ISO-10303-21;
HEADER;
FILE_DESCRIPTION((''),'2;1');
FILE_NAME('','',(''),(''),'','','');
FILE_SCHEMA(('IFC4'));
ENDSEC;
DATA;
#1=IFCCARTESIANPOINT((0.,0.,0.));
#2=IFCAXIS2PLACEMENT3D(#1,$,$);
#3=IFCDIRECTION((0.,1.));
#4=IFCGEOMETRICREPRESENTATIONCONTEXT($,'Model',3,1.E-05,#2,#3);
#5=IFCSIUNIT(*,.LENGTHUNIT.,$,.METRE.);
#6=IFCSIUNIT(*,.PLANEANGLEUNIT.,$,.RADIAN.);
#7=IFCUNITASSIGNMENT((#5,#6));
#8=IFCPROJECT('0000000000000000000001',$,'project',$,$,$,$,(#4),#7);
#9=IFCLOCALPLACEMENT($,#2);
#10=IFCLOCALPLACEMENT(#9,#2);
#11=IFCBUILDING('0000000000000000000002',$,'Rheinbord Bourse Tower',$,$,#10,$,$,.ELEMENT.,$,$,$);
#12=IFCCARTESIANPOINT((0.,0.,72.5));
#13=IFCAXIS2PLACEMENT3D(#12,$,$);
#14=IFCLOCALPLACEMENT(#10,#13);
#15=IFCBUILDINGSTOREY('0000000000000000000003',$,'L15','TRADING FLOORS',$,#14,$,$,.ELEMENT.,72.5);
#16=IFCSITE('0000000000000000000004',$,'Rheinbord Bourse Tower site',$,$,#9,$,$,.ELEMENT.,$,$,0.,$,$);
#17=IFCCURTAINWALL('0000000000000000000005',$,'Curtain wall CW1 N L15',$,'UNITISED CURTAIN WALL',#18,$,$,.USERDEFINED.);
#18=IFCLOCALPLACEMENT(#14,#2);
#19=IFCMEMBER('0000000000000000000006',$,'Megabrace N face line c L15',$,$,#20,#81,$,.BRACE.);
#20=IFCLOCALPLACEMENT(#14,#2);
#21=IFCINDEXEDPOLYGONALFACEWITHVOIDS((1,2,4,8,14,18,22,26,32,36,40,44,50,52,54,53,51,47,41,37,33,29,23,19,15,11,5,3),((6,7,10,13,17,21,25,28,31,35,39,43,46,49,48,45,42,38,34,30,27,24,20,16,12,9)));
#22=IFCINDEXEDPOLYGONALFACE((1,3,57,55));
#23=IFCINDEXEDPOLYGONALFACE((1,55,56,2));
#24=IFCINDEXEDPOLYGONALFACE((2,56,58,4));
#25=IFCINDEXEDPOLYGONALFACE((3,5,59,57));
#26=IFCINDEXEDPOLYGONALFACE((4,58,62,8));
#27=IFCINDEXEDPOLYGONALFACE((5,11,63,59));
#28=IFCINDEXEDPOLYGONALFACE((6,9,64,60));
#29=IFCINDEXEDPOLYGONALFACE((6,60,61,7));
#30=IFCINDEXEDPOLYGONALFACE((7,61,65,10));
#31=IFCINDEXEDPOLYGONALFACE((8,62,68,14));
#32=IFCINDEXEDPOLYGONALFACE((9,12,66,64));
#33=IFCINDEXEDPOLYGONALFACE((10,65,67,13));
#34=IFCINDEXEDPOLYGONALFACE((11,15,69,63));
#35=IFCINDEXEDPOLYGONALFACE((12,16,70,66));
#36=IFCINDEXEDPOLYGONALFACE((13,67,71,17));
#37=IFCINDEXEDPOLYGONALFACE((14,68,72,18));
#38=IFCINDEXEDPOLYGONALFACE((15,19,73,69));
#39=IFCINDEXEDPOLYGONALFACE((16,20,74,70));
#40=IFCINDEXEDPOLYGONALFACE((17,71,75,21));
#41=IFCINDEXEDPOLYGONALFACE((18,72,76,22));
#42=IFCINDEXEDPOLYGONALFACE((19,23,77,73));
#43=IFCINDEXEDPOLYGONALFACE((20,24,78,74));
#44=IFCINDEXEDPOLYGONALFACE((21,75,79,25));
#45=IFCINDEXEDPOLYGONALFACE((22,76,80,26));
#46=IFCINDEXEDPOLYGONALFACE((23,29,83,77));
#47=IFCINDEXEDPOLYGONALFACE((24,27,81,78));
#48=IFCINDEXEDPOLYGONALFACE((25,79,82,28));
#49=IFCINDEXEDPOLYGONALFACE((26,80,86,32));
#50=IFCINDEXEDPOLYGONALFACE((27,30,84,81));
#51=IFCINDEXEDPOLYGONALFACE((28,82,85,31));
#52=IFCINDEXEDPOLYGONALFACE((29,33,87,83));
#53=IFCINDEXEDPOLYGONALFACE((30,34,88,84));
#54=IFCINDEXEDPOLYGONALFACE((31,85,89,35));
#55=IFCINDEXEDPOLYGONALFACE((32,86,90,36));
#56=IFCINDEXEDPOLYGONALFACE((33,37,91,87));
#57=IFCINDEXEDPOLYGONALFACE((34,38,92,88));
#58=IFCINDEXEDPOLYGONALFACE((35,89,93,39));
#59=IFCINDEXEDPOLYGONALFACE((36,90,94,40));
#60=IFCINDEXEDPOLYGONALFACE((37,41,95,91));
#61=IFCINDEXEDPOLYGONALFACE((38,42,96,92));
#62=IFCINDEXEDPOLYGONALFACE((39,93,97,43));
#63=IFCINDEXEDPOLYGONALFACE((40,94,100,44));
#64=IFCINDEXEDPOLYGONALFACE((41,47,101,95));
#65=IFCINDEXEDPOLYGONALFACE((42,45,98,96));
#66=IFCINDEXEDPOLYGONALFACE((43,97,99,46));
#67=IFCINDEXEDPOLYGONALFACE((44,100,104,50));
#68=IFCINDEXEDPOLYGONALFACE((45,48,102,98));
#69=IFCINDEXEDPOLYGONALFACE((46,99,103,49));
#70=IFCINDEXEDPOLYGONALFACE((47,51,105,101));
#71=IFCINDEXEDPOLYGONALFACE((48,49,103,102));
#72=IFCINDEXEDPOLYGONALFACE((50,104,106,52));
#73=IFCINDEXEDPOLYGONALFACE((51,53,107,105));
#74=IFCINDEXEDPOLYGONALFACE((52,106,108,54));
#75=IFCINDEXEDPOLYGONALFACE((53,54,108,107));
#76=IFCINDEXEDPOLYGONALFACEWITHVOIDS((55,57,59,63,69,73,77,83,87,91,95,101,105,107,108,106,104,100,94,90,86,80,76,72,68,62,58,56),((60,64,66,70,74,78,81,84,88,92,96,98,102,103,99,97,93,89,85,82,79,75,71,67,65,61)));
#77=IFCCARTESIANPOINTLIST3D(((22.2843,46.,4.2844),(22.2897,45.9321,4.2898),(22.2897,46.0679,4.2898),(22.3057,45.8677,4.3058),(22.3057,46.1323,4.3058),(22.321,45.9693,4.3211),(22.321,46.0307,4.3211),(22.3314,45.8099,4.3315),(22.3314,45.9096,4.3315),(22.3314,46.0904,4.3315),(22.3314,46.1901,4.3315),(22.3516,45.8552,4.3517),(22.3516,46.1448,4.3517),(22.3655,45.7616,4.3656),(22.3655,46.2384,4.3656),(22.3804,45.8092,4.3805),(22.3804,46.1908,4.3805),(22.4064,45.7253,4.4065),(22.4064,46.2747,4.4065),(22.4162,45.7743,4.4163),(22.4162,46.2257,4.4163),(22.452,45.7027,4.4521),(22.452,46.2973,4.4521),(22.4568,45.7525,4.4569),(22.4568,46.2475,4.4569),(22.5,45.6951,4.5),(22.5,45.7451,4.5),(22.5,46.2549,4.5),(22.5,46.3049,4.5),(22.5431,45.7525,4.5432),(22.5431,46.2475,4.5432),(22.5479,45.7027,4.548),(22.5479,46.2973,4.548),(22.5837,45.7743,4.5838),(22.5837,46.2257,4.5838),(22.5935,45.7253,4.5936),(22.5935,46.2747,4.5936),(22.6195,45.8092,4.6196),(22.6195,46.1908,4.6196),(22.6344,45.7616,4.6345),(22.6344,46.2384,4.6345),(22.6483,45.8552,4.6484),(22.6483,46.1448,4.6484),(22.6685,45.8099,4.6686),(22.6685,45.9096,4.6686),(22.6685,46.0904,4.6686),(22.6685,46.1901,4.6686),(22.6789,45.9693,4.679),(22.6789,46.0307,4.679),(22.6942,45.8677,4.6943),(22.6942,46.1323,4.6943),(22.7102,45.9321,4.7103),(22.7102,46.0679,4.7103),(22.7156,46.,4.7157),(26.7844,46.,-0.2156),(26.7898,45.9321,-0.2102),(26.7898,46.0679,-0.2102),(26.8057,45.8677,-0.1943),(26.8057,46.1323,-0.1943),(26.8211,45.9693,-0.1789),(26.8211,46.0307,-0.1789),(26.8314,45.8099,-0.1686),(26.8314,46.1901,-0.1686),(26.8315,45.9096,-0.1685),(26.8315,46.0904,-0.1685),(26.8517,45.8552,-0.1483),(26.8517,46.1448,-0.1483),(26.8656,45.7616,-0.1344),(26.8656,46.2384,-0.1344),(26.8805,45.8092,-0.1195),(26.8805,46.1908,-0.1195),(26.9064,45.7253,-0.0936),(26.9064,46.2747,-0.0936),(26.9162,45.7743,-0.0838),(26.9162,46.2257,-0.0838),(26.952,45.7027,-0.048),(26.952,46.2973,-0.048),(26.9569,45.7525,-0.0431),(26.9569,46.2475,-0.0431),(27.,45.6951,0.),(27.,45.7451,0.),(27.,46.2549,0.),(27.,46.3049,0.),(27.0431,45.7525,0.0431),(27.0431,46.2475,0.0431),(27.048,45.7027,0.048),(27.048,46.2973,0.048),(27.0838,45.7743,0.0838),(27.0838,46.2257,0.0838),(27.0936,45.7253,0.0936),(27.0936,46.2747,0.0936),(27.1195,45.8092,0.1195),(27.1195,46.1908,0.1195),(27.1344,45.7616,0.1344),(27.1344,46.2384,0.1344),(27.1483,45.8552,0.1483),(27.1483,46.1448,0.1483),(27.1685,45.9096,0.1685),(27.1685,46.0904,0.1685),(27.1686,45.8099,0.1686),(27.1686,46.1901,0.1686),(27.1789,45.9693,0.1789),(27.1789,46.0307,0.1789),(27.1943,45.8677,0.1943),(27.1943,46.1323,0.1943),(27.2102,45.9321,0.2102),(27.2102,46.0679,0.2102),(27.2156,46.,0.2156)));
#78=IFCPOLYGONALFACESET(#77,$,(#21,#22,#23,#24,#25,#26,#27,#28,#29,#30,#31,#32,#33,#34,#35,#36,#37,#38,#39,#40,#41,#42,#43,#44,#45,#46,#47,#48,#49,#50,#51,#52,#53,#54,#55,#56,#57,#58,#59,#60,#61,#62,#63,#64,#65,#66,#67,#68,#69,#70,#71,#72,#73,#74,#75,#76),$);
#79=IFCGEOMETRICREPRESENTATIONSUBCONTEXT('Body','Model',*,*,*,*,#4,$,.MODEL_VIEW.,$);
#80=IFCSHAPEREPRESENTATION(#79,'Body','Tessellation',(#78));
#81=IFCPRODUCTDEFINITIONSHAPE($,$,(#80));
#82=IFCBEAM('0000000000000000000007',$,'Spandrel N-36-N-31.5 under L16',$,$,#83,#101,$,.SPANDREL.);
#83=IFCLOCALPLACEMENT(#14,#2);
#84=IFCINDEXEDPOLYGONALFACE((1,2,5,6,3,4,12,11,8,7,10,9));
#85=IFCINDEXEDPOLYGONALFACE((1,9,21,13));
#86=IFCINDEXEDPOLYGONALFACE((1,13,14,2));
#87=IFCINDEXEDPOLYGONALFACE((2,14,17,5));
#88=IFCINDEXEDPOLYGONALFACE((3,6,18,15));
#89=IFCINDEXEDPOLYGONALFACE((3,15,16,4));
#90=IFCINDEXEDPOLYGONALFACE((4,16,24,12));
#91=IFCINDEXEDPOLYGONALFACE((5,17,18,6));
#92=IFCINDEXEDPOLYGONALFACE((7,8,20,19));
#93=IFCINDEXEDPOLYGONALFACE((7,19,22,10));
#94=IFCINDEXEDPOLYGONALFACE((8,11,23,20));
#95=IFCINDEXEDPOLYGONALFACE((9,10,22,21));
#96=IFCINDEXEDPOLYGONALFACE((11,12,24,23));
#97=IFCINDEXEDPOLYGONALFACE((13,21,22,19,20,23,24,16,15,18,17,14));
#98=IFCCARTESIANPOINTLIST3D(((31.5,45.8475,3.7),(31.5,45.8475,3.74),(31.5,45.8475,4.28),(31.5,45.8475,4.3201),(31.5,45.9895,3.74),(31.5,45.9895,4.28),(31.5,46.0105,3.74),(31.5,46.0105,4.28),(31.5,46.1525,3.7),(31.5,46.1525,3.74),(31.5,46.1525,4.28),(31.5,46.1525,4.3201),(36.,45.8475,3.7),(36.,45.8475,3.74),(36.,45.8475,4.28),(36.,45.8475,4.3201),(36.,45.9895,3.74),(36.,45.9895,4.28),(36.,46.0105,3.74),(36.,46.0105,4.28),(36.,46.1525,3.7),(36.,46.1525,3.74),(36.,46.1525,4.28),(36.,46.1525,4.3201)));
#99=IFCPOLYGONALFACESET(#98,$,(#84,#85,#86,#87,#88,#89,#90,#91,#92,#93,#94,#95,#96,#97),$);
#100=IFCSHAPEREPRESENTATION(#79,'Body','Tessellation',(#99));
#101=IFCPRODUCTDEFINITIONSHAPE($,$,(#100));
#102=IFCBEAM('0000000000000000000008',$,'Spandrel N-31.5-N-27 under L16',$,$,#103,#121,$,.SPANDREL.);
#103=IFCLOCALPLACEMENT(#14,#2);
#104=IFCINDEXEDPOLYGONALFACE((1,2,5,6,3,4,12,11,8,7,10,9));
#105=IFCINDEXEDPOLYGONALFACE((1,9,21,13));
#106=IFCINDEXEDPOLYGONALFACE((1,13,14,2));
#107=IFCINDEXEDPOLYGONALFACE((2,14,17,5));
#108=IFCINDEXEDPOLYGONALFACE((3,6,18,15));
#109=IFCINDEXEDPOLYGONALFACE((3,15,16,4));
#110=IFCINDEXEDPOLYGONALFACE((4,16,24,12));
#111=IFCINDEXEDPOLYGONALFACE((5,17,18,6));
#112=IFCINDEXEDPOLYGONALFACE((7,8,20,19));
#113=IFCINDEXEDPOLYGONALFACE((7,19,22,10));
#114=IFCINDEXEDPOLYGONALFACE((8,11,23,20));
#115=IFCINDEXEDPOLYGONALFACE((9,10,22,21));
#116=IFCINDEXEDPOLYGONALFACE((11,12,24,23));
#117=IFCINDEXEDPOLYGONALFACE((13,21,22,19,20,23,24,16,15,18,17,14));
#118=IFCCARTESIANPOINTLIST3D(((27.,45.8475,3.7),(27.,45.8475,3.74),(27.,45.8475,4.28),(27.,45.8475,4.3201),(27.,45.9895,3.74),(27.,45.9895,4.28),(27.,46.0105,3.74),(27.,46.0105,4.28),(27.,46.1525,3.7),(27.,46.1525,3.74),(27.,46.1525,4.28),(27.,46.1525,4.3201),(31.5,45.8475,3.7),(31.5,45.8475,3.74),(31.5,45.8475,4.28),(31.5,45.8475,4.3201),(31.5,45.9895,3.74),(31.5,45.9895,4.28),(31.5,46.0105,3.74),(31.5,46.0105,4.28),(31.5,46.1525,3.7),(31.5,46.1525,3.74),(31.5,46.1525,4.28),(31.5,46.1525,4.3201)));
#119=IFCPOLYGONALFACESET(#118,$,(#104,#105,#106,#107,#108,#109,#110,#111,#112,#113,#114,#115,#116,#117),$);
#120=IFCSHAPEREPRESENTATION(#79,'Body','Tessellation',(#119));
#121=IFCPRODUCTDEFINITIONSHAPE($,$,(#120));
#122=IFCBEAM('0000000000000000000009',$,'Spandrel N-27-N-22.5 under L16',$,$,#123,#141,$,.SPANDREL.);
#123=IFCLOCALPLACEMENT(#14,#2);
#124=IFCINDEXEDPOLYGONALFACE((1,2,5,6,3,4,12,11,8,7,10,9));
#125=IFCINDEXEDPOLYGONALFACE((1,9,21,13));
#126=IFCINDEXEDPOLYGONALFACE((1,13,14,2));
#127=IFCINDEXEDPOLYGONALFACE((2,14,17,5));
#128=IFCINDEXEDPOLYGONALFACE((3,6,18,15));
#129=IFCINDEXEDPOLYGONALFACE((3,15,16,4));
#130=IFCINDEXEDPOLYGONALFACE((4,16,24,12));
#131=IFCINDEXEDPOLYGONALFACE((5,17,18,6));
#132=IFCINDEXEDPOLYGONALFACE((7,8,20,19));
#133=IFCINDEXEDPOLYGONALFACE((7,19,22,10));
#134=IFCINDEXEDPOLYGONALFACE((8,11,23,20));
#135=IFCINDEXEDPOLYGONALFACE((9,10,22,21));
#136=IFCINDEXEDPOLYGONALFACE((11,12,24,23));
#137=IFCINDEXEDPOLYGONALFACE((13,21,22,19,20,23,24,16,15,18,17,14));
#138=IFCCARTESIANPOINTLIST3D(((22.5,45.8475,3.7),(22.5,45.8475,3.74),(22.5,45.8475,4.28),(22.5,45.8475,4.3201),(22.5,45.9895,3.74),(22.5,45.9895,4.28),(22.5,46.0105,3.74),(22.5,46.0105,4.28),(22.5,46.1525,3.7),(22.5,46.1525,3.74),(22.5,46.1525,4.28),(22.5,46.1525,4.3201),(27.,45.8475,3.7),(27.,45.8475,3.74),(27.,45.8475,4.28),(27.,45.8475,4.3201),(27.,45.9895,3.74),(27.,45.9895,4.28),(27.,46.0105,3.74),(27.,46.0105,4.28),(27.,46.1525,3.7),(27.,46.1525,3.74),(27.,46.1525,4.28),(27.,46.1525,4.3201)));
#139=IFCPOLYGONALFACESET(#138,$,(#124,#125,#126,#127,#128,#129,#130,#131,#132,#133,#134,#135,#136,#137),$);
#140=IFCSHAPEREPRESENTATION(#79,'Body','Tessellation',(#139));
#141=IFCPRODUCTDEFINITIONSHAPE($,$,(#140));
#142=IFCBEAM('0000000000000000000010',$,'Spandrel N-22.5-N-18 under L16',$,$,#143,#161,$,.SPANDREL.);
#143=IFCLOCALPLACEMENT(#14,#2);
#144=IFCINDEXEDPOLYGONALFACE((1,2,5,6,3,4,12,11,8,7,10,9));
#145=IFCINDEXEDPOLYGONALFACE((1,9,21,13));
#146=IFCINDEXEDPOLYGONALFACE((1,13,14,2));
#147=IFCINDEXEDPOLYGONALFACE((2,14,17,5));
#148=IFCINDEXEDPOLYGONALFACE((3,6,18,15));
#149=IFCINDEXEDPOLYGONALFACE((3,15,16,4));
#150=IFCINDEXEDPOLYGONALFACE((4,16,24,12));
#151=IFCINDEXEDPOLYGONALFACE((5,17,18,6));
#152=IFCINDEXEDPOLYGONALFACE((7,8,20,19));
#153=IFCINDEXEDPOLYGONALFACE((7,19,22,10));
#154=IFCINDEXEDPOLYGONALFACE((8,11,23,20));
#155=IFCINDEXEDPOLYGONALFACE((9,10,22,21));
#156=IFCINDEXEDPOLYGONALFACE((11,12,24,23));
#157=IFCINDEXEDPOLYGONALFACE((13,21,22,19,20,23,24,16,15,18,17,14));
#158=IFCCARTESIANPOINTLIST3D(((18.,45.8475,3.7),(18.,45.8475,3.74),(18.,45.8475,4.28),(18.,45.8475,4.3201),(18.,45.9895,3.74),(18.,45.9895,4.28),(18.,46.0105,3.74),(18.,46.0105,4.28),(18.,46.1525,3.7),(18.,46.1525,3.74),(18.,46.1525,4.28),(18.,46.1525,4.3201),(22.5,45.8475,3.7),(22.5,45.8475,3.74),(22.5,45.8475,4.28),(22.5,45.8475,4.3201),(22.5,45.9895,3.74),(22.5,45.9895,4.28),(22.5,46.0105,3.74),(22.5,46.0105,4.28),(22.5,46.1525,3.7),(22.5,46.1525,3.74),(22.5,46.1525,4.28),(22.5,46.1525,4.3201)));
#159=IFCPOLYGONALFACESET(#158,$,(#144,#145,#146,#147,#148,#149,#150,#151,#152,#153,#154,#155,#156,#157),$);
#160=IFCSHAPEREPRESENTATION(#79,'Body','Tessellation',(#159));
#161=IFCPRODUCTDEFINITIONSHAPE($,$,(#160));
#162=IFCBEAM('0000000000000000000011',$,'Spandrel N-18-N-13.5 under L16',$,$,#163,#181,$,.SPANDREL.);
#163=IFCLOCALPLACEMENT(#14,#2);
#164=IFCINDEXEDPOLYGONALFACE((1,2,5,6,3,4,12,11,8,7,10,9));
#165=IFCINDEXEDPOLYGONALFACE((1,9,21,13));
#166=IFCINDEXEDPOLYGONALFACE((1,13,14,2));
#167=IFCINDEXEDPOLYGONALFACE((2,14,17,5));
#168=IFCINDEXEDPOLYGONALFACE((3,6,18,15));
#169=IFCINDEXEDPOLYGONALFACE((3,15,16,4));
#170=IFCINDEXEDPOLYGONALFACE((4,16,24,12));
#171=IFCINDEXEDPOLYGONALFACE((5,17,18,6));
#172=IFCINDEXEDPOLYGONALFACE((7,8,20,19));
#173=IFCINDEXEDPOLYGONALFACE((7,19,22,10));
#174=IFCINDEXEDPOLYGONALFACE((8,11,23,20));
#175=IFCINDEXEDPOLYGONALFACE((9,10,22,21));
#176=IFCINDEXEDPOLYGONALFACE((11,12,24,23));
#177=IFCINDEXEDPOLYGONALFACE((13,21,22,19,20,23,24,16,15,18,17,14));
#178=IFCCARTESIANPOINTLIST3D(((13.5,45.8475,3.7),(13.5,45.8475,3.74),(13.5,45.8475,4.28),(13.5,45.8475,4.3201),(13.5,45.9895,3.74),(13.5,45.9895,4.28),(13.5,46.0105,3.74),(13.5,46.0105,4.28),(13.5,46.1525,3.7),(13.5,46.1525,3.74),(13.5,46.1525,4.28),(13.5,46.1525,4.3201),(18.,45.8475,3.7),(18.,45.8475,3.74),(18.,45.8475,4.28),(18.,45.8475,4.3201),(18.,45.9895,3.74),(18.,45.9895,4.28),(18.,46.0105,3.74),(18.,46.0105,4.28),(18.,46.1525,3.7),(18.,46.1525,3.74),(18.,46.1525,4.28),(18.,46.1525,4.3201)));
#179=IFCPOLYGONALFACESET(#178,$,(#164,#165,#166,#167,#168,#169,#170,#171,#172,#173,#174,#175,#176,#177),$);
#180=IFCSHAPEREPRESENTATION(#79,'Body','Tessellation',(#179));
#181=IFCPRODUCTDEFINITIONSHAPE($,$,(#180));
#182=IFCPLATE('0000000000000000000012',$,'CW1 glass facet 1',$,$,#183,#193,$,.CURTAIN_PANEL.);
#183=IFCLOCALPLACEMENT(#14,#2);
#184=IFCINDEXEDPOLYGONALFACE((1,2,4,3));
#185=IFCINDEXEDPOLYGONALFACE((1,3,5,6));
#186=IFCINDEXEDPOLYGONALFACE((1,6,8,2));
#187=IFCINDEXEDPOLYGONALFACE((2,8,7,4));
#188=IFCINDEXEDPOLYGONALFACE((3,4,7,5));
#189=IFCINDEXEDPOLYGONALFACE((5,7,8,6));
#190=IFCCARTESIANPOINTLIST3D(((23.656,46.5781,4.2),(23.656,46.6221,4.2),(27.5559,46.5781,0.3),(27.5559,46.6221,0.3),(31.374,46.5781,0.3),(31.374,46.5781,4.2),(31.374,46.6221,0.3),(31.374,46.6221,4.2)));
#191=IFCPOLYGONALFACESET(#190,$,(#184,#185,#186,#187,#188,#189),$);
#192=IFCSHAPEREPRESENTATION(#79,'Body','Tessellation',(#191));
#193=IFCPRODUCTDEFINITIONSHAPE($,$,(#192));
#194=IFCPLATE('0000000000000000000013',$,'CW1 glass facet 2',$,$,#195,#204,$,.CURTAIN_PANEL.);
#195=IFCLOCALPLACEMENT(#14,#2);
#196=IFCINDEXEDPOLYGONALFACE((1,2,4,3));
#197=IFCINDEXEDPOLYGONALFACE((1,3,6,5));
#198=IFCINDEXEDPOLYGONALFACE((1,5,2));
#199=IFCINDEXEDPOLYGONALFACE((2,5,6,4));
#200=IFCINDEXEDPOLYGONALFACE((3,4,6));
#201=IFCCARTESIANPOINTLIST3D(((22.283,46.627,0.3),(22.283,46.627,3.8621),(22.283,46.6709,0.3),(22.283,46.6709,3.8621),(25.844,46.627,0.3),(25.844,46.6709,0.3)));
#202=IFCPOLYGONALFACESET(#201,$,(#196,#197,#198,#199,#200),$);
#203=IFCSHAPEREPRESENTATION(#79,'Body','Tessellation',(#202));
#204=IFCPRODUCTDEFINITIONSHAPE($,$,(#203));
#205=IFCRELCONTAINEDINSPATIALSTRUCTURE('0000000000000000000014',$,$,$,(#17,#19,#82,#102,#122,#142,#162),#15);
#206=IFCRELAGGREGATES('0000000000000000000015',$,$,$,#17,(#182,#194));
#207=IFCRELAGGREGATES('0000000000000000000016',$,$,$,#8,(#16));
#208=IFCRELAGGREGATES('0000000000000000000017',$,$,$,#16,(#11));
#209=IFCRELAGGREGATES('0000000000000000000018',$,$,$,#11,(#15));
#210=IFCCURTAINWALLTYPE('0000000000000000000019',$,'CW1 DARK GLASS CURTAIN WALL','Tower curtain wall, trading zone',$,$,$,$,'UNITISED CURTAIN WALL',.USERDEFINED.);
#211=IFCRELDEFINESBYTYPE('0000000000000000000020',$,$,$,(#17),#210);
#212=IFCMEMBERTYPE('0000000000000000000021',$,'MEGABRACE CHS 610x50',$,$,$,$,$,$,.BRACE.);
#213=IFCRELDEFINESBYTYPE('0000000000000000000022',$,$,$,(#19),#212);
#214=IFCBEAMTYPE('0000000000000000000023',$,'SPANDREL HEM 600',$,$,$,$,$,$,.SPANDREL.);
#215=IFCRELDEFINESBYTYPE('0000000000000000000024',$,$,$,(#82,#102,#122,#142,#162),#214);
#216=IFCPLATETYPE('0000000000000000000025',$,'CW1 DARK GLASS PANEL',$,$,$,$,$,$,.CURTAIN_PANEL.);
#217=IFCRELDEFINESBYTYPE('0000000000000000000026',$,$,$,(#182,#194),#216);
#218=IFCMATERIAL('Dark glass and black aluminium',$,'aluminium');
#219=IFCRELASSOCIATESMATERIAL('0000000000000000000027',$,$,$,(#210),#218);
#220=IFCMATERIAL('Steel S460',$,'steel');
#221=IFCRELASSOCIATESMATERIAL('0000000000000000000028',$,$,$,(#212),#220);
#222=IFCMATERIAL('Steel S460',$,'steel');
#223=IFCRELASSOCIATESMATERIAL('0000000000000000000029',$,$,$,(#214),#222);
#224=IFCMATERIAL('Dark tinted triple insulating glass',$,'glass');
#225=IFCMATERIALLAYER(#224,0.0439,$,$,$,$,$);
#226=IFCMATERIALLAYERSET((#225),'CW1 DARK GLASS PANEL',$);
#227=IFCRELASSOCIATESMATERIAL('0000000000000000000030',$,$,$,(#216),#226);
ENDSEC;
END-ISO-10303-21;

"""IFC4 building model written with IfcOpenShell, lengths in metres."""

from ifc_helpers import new_model, si_unit, direction, frame, origin, origin_2d, place, context, subcontext, project, spatial, polyline, hollow_circle, i_section, outline, extrude, material, layer, layer_set, material_profile, profile_set, type_object, element, aggregate, save


model = new_model("IFC4")

# Units and contexts
model_context = context("Model", 3, precision=1e-05, world=origin(), true_north=direction((0.0, 1.0)))
body_context = subcontext(model_context, "Body", "Model", "MODEL_VIEW")
ifc_project = project(units=[si_unit("LENGTHUNIT", "METRE"), si_unit("PLANEANGLEUNIT", "RADIAN")], contexts=[model_context])

# Site, building, storey
site_placement = place(None, origin())
site = spatial("IfcSite", under=ifc_project, at=site_placement, Name="Rheinbord Bourse Tower site", CompositionType="ELEMENT", RefElevation=0.0)
building_placement = place(site_placement, origin())
building = spatial("IfcBuilding", under=site, at=building_placement, Name="Rheinbord Bourse Tower", CompositionType="ELEMENT")
storey_placement = place(building_placement, frame((0.0, 0.0, 72.5)))
storey = spatial("IfcBuildingStorey", under=building, at=storey_placement, Name="L15", Description="TRADING FLOORS", CompositionType="ELEMENT", Elevation=72.5)

# Curtain wall
ifc_material_1 = material(Name="Dark glass and black aluminium", Category="aluminium")
curtain_wall_type = type_object("IfcCurtainWallType", Name="CW1 DARK GLASS CURTAIN WALL", Description="Tower curtain wall, trading zone", ElementType="UNITISED CURTAIN WALL", PredefinedType="USERDEFINED", material=ifc_material_1)
curtain_wall_placement = place(storey_placement, origin())
curtain_wall = element("IfcCurtainWall", 1, at=curtain_wall_placement, inside=storey, type_object=curtain_wall_type, Name="Curtain wall CW1 N L15", ObjectType="UNITISED CURTAIN WALL", PredefinedType="USERDEFINED")

# Member
ifc_material_2 = material(Name="Steel S460", Category="steel")
ifc_material_profile_1 = material_profile(ifc_material_2, hollow_circle(Radius=0.3049, WallThickness=0.05, at=origin_2d()), Name="CHS 610x50")
ifc_profile_set_1 = profile_set([ifc_material_profile_1], Name="Steel S460")
member_type_1 = type_object("IfcMemberType", Name="MEGABRACE CHS 610x50", PredefinedType="BRACE", material=ifc_profile_set_1)
member_1_placement = place(storey_placement, frame((27.0, 46.0, 0.0), z_axis=(-0.707107, 0.0, 0.707107), x_axis=(0.0, -1.0, 0.0)))
element("IfcMember", 2, at=member_1_placement, inside=storey, type_object=member_type_1, Name="Megabrace N face line c L15", PredefinedType="BRACE", context=body_context, shape_type="SweptSolid", body=[
    extrude(hollow_circle(Radius=0.3049, WallThickness=0.05, at=origin_2d()), origin(), (0.0, 0.0, 1.0), 6.364),
])

# Beams
ifc_material_3 = material(Name="Steel S460", Category="steel")
ifc_material_profile_2 = material_profile(ifc_material_3, i_section(OverallWidth=0.3049, OverallDepth=0.6201, WebThickness=0.021, FlangeThickness=0.04, at=origin_2d()), Name="HEM 600")
ifc_profile_set_2 = profile_set([ifc_material_profile_2], Name="Steel S460")
beam_type_1 = type_object("IfcBeamType", Name="SPANDREL HEM 600", PredefinedType="SPANDREL", material=ifc_profile_set_2)
for number, where, z_axis, x_axis, name in (
    (3, (36.0, 46.0, 4.01), (-1.0, 0.0, 0.0), (0.0, -1.0, 0.0), "Spandrel N-36-N-31.5 under L16"),
    (4, (31.5, 46.0, 4.01), (-1.0, 0.0, 0.0), (0.0, -1.0, 0.0), "Spandrel N-31.5-N-27 under L16"),
    (5, (27.0, 46.0, 4.01), (-1.0, 0.0, 0.0), (0.0, -1.0, 0.0), "Spandrel N-27-N-22.5 under L16"),
    (6, (22.5, 46.0, 4.01), (-1.0, 0.0, 0.0), (0.0, -1.0, 0.0), "Spandrel N-22.5-N-18 under L16"),
    (7, (18.0, 46.0, 4.01), (-1.0, 0.0, 0.0), (0.0, -1.0, 0.0), "Spandrel N-18-N-13.5 under L16"),
):
    element("IfcBeam", number, at=place(storey_placement, frame(where, z_axis=z_axis, x_axis=x_axis)), inside=storey, type_object=beam_type_1, Name=name, PredefinedType="SPANDREL", context=body_context, shape_type="SweptSolid", body=[
        extrude(i_section(OverallWidth=0.3049, OverallDepth=0.6201, WebThickness=0.021, FlangeThickness=0.04, at=origin_2d()), origin(), (0.0, 0.0, 1.0), 4.5),
    ])

# Plates
ifc_material_4 = material(Name="Dark tinted triple insulating glass", Category="glass")
ifc_layer = layer(ifc_material_4, 0.0439)
ifc_layer_set = layer_set([ifc_layer], Name="CW1 DARK GLASS PANEL")
plate_type = type_object("IfcPlateType", Name="CW1 DARK GLASS PANEL", PredefinedType="CURTAIN_PANEL", material=ifc_layer_set)
plate_1_placement = place(storey_placement, frame((31.374, 46.6221, 0.3), z_axis=(0.0, -1.0, 0.0), x_axis=(0.0, 0.0, 1.0)))
plate_1 = element("IfcPlate", 8, at=plate_1_placement, type_object=plate_type, Name="CW1 glass facet 1", PredefinedType="CURTAIN_PANEL", context=body_context, shape_type="SweptSolid", body=[
    extrude(outline(polyline([(0.0, 0.0), (3.8999, 0.0), (3.8999, 7.718), (0.0, 3.8181), (0.0, 0.0)])), origin(), (0.0, 0.0, 1.0), 0.0439),
])
plate_2_placement = place(storey_placement, frame((22.283, 46.6709, 0.3), z_axis=(0.0, -1.0, 0.0), x_axis=(1.0, 0.0, 0.0)))
plate_2 = element("IfcPlate", 9, at=plate_2_placement, type_object=plate_type, Name="CW1 glass facet 2", PredefinedType="CURTAIN_PANEL", context=body_context, shape_type="SweptSolid", body=[
    extrude(outline(polyline([(0.0, 0.0), (3.561, 0.0), (0.0, 3.562), (0.0, 0.0)])), origin(), (0.0, 0.0, 1.0), 0.0439),
])
aggregate(curtain_wall, [plate_1, plate_2])

save(model, "model.ifc")
